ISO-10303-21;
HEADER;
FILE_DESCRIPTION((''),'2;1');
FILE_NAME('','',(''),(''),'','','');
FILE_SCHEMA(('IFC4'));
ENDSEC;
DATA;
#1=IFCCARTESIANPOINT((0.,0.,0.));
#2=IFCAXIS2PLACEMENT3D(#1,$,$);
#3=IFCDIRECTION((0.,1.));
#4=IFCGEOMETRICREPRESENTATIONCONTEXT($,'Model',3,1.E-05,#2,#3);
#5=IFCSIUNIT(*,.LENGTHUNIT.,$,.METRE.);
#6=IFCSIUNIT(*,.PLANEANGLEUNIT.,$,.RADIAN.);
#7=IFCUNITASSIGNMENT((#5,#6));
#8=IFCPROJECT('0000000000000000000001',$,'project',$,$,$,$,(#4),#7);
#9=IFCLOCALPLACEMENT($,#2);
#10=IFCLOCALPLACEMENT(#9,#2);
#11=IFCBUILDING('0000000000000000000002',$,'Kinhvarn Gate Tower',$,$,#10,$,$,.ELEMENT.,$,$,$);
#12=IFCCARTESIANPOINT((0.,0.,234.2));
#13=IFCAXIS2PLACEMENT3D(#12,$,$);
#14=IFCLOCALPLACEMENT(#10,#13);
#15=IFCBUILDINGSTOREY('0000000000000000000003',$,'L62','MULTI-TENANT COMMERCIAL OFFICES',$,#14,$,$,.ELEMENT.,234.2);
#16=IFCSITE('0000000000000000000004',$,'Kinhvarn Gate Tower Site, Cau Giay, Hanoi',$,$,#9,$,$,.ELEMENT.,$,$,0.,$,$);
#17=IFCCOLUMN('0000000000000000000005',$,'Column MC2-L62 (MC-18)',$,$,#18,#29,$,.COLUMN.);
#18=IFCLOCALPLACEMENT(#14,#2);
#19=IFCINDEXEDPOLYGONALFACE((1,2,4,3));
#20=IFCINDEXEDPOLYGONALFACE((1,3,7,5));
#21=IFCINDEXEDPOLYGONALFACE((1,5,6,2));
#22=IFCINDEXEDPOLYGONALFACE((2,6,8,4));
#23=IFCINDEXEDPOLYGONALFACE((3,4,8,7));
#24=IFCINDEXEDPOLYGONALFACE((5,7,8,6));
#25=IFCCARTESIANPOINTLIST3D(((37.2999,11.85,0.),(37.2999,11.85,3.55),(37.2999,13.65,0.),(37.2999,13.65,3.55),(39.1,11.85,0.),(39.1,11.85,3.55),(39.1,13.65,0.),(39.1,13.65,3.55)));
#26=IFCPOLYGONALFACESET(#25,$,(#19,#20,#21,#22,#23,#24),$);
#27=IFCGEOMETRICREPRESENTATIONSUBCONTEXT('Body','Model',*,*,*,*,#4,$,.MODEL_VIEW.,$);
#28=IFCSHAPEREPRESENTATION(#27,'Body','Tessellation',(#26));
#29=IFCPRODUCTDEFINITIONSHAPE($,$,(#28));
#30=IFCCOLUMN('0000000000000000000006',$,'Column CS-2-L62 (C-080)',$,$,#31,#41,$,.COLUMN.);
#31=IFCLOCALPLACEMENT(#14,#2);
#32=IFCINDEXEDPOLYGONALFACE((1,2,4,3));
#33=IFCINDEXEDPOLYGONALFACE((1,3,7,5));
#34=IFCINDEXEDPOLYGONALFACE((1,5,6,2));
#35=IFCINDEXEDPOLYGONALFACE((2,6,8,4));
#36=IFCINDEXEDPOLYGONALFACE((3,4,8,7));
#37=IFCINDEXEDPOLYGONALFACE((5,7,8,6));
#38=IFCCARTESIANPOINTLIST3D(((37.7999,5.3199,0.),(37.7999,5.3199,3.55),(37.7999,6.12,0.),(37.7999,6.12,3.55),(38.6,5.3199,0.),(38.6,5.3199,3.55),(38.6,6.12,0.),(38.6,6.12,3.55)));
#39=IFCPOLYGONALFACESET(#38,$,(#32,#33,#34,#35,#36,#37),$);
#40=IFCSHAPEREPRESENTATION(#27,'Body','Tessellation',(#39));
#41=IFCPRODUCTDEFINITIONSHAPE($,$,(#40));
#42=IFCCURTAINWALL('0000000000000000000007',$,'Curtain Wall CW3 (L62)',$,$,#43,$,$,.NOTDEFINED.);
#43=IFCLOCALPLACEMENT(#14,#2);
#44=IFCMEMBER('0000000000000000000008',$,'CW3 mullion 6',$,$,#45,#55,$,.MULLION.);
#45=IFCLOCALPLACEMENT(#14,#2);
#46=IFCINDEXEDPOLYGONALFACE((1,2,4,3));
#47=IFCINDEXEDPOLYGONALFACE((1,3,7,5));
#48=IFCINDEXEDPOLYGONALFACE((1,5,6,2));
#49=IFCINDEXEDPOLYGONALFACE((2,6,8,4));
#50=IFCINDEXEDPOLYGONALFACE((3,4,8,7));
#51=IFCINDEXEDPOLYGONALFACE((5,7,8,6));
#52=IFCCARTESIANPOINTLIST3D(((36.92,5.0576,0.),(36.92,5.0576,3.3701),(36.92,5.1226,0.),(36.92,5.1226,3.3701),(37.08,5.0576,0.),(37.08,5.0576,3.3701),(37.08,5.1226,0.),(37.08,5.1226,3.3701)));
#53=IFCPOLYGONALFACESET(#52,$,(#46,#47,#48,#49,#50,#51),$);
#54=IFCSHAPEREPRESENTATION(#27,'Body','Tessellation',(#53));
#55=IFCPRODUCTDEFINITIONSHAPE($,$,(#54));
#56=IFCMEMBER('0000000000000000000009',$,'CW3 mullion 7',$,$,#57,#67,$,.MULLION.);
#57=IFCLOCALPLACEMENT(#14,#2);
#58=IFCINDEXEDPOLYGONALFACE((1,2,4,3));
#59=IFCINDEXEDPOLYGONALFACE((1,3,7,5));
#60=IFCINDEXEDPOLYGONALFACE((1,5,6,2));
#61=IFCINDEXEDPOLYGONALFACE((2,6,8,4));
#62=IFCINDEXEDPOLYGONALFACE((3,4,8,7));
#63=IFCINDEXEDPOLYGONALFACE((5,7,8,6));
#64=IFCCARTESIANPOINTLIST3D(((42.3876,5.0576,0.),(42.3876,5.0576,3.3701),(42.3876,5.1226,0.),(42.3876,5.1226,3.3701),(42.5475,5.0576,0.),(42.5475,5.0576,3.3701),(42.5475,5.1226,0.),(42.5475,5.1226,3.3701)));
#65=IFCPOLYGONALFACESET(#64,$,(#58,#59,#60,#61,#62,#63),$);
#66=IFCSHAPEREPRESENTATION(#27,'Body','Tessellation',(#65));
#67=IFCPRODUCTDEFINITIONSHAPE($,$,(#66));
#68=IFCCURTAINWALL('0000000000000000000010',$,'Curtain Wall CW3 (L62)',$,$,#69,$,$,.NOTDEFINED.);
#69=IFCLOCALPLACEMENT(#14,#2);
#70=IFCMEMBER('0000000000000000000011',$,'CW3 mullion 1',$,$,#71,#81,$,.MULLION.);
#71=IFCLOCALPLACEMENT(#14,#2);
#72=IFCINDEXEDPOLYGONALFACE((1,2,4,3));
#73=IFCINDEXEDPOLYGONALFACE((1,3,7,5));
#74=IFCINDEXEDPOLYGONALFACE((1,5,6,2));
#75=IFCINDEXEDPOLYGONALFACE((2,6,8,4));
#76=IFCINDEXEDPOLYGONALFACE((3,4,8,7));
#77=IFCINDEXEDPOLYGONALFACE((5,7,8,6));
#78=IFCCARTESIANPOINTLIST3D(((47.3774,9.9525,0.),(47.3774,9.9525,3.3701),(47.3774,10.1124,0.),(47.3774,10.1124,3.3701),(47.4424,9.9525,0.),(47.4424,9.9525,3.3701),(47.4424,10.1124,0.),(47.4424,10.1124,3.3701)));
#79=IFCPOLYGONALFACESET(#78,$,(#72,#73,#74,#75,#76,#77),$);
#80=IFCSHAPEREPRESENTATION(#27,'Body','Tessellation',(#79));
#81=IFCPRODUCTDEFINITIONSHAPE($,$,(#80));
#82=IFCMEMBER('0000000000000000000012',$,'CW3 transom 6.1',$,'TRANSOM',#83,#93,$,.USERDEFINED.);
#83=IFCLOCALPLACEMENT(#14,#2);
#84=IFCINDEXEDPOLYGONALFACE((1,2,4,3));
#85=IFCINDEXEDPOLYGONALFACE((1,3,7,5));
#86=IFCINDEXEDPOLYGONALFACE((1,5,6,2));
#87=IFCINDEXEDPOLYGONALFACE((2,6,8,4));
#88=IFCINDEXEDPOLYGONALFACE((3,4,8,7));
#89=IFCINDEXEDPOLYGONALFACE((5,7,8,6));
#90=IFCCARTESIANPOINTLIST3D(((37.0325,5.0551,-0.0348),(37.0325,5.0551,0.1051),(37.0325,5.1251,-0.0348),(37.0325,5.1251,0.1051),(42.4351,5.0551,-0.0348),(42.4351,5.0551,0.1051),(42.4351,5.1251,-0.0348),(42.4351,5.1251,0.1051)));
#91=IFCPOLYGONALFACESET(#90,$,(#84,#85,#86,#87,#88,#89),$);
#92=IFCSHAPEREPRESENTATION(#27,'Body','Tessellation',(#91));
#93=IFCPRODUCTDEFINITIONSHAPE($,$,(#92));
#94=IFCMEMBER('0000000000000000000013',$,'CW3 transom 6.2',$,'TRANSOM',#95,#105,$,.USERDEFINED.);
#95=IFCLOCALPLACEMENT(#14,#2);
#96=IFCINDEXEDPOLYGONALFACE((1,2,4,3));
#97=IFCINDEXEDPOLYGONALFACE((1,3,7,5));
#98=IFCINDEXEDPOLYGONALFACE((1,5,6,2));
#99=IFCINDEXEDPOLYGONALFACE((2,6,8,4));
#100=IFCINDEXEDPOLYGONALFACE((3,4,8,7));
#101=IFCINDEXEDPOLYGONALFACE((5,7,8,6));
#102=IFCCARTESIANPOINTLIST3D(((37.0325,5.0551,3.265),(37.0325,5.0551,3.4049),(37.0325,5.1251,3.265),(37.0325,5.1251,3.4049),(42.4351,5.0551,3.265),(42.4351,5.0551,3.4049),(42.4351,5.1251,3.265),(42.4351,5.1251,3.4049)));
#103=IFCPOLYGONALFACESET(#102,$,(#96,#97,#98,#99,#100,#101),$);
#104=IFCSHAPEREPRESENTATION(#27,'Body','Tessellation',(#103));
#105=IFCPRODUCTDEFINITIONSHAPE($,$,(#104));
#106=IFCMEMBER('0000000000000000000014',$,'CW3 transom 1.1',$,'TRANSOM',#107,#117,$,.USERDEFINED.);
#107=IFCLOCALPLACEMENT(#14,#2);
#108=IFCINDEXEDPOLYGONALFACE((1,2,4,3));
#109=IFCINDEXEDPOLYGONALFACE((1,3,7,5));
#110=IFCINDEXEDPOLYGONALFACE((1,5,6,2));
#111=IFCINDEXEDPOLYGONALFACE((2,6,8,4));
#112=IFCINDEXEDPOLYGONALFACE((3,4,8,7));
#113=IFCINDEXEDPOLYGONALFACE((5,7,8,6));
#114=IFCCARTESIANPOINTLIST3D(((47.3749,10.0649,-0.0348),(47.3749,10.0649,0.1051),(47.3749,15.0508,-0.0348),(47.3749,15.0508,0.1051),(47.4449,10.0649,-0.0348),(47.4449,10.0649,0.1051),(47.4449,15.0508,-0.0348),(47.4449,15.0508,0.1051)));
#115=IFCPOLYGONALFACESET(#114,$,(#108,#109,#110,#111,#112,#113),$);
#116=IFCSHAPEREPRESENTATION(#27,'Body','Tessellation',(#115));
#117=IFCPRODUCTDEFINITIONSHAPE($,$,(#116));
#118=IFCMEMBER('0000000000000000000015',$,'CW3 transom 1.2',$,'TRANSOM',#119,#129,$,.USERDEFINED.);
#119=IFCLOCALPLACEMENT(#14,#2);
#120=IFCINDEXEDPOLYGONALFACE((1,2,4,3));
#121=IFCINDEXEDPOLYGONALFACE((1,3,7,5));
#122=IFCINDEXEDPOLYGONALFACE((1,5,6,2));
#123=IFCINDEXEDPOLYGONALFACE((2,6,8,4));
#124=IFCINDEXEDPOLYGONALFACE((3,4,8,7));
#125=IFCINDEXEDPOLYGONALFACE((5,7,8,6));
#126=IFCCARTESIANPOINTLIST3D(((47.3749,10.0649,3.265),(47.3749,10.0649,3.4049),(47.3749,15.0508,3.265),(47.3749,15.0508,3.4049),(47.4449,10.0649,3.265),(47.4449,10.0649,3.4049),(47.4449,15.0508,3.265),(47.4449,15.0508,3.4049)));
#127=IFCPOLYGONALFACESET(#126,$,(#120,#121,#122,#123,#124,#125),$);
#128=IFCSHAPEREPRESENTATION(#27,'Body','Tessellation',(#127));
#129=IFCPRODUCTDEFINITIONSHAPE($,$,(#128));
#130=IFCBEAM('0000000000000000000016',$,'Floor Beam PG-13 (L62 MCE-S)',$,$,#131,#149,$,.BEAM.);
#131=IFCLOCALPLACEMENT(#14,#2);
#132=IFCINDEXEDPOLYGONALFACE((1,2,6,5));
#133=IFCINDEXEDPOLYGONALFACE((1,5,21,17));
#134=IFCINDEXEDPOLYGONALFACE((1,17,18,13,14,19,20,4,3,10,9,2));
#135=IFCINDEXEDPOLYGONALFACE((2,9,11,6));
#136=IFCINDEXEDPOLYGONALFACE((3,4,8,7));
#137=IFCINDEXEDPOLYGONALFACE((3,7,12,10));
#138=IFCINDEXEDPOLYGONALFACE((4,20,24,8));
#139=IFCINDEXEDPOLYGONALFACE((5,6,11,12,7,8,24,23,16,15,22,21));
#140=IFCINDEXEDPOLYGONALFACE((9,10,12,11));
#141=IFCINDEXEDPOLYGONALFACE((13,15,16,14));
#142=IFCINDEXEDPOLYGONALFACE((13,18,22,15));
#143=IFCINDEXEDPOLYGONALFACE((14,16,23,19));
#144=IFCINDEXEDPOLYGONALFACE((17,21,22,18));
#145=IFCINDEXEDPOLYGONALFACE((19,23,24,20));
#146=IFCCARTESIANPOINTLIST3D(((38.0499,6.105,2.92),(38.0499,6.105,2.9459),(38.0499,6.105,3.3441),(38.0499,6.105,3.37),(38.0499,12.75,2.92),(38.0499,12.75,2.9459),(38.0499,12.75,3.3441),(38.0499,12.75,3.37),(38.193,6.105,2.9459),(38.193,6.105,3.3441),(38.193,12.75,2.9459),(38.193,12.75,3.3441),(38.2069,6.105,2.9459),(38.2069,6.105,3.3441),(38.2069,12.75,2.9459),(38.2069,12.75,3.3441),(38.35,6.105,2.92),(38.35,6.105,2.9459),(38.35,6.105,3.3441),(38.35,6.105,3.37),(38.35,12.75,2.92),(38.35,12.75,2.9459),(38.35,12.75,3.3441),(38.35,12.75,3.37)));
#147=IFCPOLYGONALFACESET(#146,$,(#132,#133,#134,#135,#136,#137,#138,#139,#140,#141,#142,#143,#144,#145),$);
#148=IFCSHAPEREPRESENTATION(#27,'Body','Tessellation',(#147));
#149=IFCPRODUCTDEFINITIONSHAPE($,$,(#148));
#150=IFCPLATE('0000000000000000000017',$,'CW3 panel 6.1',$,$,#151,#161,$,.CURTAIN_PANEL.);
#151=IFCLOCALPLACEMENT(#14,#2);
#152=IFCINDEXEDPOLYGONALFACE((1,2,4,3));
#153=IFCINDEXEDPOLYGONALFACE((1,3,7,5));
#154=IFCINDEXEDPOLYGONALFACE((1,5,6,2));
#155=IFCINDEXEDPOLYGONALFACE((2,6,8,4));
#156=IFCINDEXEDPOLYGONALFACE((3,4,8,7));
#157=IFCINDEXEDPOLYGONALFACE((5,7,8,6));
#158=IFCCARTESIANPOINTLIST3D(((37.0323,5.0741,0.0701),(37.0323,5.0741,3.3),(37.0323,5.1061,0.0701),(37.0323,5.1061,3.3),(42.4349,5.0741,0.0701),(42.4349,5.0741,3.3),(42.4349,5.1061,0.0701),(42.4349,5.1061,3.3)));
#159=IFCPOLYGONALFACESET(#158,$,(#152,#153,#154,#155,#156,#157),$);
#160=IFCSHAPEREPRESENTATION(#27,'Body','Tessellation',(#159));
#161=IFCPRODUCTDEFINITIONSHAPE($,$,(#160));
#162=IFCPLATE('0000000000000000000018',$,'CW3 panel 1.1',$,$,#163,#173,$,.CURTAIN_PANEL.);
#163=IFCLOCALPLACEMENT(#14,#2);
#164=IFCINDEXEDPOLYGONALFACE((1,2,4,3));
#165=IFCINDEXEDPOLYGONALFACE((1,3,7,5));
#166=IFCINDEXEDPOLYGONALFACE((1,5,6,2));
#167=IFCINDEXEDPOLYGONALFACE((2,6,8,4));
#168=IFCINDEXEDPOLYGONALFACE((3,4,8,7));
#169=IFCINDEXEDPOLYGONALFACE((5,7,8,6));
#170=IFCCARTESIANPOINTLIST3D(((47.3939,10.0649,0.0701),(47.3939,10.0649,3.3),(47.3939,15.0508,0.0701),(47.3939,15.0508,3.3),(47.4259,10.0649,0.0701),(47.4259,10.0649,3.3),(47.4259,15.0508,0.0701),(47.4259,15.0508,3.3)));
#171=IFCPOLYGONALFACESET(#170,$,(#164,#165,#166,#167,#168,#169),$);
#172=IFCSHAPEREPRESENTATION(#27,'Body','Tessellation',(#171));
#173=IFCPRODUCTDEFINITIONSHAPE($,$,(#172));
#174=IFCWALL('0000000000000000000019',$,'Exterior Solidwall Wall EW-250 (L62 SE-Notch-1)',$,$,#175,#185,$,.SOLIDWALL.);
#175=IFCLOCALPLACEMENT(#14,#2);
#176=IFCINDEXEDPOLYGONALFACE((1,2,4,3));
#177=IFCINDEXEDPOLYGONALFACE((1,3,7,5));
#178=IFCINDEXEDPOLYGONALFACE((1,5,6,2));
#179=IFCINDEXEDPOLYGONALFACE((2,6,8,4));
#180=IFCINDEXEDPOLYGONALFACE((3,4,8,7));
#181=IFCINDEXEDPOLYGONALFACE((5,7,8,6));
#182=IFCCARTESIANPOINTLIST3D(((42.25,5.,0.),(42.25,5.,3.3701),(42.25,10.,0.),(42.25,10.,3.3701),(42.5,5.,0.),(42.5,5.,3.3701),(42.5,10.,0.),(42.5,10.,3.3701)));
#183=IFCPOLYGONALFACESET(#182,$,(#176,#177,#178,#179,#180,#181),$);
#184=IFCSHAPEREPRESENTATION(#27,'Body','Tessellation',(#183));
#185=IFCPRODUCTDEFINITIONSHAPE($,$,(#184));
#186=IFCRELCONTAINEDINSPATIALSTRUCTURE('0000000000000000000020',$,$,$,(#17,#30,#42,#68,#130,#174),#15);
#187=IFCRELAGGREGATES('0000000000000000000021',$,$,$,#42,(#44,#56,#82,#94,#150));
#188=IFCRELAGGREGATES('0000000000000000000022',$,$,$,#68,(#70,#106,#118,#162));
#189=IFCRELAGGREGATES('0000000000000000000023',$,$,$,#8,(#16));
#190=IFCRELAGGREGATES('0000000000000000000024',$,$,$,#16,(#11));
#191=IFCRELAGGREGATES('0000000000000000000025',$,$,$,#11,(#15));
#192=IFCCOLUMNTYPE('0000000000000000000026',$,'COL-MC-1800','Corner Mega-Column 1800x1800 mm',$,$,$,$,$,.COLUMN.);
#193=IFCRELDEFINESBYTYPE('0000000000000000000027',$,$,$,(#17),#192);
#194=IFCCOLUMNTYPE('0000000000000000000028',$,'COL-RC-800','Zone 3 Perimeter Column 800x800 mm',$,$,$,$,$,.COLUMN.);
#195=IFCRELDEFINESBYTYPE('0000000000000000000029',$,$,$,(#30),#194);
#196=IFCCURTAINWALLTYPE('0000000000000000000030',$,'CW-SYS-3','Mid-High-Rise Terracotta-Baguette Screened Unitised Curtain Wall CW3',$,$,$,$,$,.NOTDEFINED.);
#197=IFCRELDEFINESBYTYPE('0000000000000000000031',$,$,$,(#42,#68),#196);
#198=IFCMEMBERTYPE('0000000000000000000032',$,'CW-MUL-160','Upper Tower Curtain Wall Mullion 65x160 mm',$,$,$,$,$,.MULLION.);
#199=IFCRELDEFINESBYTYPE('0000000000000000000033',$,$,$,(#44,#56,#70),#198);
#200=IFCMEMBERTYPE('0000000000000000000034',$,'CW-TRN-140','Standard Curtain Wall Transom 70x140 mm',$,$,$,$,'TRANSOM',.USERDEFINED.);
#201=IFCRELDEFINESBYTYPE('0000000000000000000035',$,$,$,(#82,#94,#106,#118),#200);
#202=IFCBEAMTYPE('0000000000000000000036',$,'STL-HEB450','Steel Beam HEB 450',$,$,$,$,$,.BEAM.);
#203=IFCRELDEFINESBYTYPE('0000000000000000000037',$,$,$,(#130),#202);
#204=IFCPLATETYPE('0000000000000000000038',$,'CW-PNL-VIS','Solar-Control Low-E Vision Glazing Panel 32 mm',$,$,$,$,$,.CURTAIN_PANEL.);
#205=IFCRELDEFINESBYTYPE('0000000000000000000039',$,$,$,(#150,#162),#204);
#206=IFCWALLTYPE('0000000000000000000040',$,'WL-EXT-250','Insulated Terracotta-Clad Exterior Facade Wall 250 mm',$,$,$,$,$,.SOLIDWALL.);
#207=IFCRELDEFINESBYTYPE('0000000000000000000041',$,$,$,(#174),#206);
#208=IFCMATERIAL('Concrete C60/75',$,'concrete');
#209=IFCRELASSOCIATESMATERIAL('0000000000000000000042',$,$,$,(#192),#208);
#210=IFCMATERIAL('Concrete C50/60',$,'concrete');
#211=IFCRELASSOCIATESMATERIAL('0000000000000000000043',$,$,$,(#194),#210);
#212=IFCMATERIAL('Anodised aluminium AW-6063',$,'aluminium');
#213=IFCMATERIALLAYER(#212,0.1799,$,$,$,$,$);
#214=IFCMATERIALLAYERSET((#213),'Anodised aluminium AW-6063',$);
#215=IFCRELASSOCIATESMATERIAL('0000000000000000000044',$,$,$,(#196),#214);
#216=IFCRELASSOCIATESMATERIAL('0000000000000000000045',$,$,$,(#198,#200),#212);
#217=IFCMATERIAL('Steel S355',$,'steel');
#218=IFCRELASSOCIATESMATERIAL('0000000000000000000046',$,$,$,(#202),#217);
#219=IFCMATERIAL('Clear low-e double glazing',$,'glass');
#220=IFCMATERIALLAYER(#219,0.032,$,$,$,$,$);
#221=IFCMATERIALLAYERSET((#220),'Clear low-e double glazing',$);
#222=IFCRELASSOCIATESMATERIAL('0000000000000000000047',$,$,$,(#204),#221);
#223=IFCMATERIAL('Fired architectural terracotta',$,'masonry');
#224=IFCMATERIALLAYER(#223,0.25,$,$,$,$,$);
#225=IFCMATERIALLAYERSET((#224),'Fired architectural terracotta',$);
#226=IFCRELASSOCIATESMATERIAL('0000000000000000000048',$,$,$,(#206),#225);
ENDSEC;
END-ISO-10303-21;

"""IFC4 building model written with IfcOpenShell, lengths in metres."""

from ifc_helpers import new_model, si_unit, direction, frame, frame_2d, origin, origin_2d, place, context, subcontext, project, spatial, rectangle, i_section, extrude, material, layer, layer_set, material_profile, profile_set, type_object, element, aggregate, save


model = new_model("IFC4")

# Units and contexts
model_context = context("Model", 3, precision=1e-05, world=origin(), true_north=direction((0.0, 1.0)))
body_context = subcontext(model_context, "Body", "Model", "MODEL_VIEW")
ifc_project = project(units=[si_unit("LENGTHUNIT", "METRE"), si_unit("PLANEANGLEUNIT", "RADIAN")], contexts=[model_context])

# Site, building, storey
site_placement = place(None, origin())
site = spatial("IfcSite", under=ifc_project, at=site_placement, Name="Kinhvarn Gate Tower Site, Cau Giay, Hanoi", CompositionType="ELEMENT", RefElevation=0.0)
building_placement = place(site_placement, origin())
building = spatial("IfcBuilding", under=site, at=building_placement, Name="Kinhvarn Gate Tower", CompositionType="ELEMENT")
storey_placement = place(building_placement, frame((0.0, 0.0, 234.2)))
storey = spatial("IfcBuildingStorey", under=building, at=storey_placement, Name="L62", Description="MULTI-TENANT COMMERCIAL OFFICES", CompositionType="ELEMENT", Elevation=234.2)

# Columns
ifc_material_1 = material(Name="Concrete C60/75", Category="concrete")
ifc_material_profile_1 = material_profile(ifc_material_1, rectangle(XDim=1.8, YDim=1.8, at=origin_2d()), Name="RC 1800x1800")
ifc_profile_set_1 = profile_set([ifc_material_profile_1], Name="Concrete C60/75")
column_type_1 = type_object("IfcColumnType", Name="COL-MC-1800", Description="Corner Mega-Column 1800x1800 mm", PredefinedType="COLUMN", material=ifc_profile_set_1)
column_1_placement = place(storey_placement, frame((38.2, 12.75, 0.0), z_axis=(0.0, 0.0, 1.0), x_axis=(1.0, 0.0, 0.0)))
element("IfcColumn", 1, at=column_1_placement, inside=storey, type_object=column_type_1, Name="Column MC2-L62 (MC-18)", PredefinedType="COLUMN", context=body_context, shape_type="SweptSolid", body=[
    extrude(rectangle(XDim=1.8, YDim=1.8, at=origin_2d()), origin(), (0.0, 0.0, 1.0), 3.55),
])
ifc_material_2 = material(Name="Concrete C50/60", Category="concrete")
ifc_material_profile_2 = material_profile(ifc_material_2, rectangle(XDim=0.8, YDim=0.8, at=origin_2d()), Name="RC 800x800")
ifc_profile_set_2 = profile_set([ifc_material_profile_2], Name="Concrete C50/60")
column_type_2 = type_object("IfcColumnType", Name="COL-RC-800", Description="Zone 3 Perimeter Column 800x800 mm", PredefinedType="COLUMN", material=ifc_profile_set_2)
column_2_placement = place(storey_placement, frame((38.2, 5.72, 0.0), z_axis=(0.0, 0.0, 1.0), x_axis=(1.0, 0.0, 0.0)))
element("IfcColumn", 2, at=column_2_placement, inside=storey, type_object=column_type_2, Name="Column CS-2-L62 (C-080)", PredefinedType="COLUMN", context=body_context, shape_type="SweptSolid", body=[
    extrude(rectangle(XDim=0.8, YDim=0.8, at=origin_2d()), origin(), (0.0, 0.0, 1.0), 3.55),
])

# Curtain wall, members
ifc_material_3 = material(Name="Anodised aluminium AW-6063", Category="aluminium")
ifc_layer_1 = layer(ifc_material_3, 0.1799)
ifc_layer_set_1 = layer_set([ifc_layer_1], Name="Anodised aluminium AW-6063")
curtain_wall_type = type_object("IfcCurtainWallType", Name="CW-SYS-3", Description="Mid-High-Rise Terracotta-Baguette Screened Unitised Curtain Wall CW3", PredefinedType="NOTDEFINED", material=ifc_layer_set_1)
curtain_wall_1_placement = place(storey_placement, origin())
curtain_wall_1 = element("IfcCurtainWall", 3, at=curtain_wall_1_placement, inside=storey, type_object=curtain_wall_type, Name="Curtain Wall CW3 (L62)", PredefinedType="NOTDEFINED")
ifc_material_profile_3 = material_profile(ifc_material_3, rectangle(XDim=0.0649, YDim=0.1599, at=origin_2d()), Name="ALU 65x160")
ifc_profile_set_3 = profile_set([ifc_material_profile_3], Name="Anodised aluminium AW-6063")
member_type_1 = type_object("IfcMemberType", Name="CW-MUL-160", Description="Upper Tower Curtain Wall Mullion 65x160 mm", PredefinedType="MULLION", material=ifc_profile_set_3)
member_1_placement = place(storey_placement, frame((37.0, 5.0901, 0.0), z_axis=(0.0, 0.0, 1.0), x_axis=(0.0, 1.0, 0.0)))
member_1 = element("IfcMember", 4, at=member_1_placement, type_object=member_type_1, Name="CW3 mullion 6", PredefinedType="MULLION", context=body_context, shape_type="SweptSolid", body=[
    extrude(rectangle(XDim=0.0649, YDim=0.1599, at=origin_2d()), origin(), (0.0, 0.0, 1.0), 3.3701),
])
member_2_placement = place(storey_placement, frame((42.4675, 5.0901, 0.0), z_axis=(0.0, 0.0, 1.0), x_axis=(0.0, 1.0, 0.0)))
member_2 = element("IfcMember", 5, at=member_2_placement, type_object=member_type_1, Name="CW3 mullion 7", PredefinedType="MULLION", context=body_context, shape_type="SweptSolid", body=[
    extrude(rectangle(XDim=0.0649, YDim=0.1599, at=origin_2d()), origin(), (0.0, 0.0, 1.0), 3.3701),
])

# Curtain wall, member
curtain_wall_2_placement = place(storey_placement, origin())
curtain_wall_2 = element("IfcCurtainWall", 6, at=curtain_wall_2_placement, inside=storey, type_object=curtain_wall_type, Name="Curtain Wall CW3 (L62)", PredefinedType="NOTDEFINED")
member_3_placement = place(storey_placement, frame((47.4099, 10.0325, 0.0), z_axis=(0.0, 0.0, 1.0), x_axis=(-1.0, 0.0, 0.0)))
member_3 = element("IfcMember", 7, at=member_3_placement, type_object=member_type_1, Name="CW3 mullion 1", PredefinedType="MULLION", context=body_context, shape_type="SweptSolid", body=[
    extrude(rectangle(XDim=0.0649, YDim=0.1599, at=origin_2d()), origin(), (0.0, 0.0, 1.0), 3.3701),
])

# Members
ifc_material_profile_4 = material_profile(ifc_material_3, rectangle(XDim=0.0701, YDim=0.1399, at=origin_2d()), Name="ALU 70x140")
ifc_profile_set_4 = profile_set([ifc_material_profile_4], Name="Anodised aluminium AW-6063")
member_type_2 = type_object("IfcMemberType", Name="CW-TRN-140", Description="Standard Curtain Wall Transom 70x140 mm", ElementType="TRANSOM", PredefinedType="USERDEFINED", material=ifc_profile_set_4)
member_4_placement = place(storey_placement, frame((37.0325, 5.0901, 0.0352), z_axis=(1.0, 0.0, 0.0), x_axis=(0.0, 1.0, 0.0)))
member_4 = element("IfcMember", 8, at=member_4_placement, type_object=member_type_2, Name="CW3 transom 6.1", ObjectType="TRANSOM", PredefinedType="USERDEFINED", context=body_context, shape_type="SweptSolid", body=[
    extrude(rectangle(XDim=0.0701, YDim=0.1399, at=origin_2d()), origin(), (0.0, 0.0, 1.0), 5.4026),
])
member_5_placement = place(storey_placement, frame((37.0325, 5.0901, 3.335), z_axis=(1.0, 0.0, 0.0), x_axis=(0.0, 1.0, 0.0)))
member_5 = element("IfcMember", 9, at=member_5_placement, type_object=member_type_2, Name="CW3 transom 6.2", ObjectType="TRANSOM", PredefinedType="USERDEFINED", context=body_context, shape_type="SweptSolid", body=[
    extrude(rectangle(XDim=0.0701, YDim=0.1399, at=origin_2d()), origin(), (0.0, 0.0, 1.0), 5.4026),
])
member_6_placement = place(storey_placement, frame((47.4099, 10.0649, 0.0352), z_axis=(0.0, 1.0, 0.0), x_axis=(-1.0, 0.0, 0.0)))
member_6 = element("IfcMember", 10, at=member_6_placement, type_object=member_type_2, Name="CW3 transom 1.1", ObjectType="TRANSOM", PredefinedType="USERDEFINED", context=body_context, shape_type="SweptSolid", body=[
    extrude(rectangle(XDim=0.0701, YDim=0.1399, at=origin_2d()), origin(), (0.0, 0.0, 1.0), 4.9858),
])
member_7_placement = place(storey_placement, frame((47.4099, 10.0649, 3.335), z_axis=(0.0, 1.0, 0.0), x_axis=(-1.0, 0.0, 0.0)))
member_7 = element("IfcMember", 11, at=member_7_placement, type_object=member_type_2, Name="CW3 transom 1.2", ObjectType="TRANSOM", PredefinedType="USERDEFINED", context=body_context, shape_type="SweptSolid", body=[
    extrude(rectangle(XDim=0.0701, YDim=0.1399, at=origin_2d()), origin(), (0.0, 0.0, 1.0), 4.9858),
])

# Beam
ifc_material_4 = material(Name="Steel S355", Category="steel")
ifc_material_profile_5 = material_profile(ifc_material_4, i_section(OverallWidth=0.3, OverallDepth=0.45, WebThickness=0.0139, FlangeThickness=0.0259, at=origin_2d()), Name="HEB 450")
ifc_profile_set_5 = profile_set([ifc_material_profile_5], Name="Steel S355")
beam_type = type_object("IfcBeamType", Name="STL-HEB450", Description="Steel Beam HEB 450", PredefinedType="BEAM", material=ifc_profile_set_5)
beam_placement = place(storey_placement, frame((38.2, 6.105, 3.145), z_axis=(0.0, 1.0, 0.0), x_axis=(-1.0, 0.0, 0.0)))
element("IfcBeam", 12, at=beam_placement, inside=storey, type_object=beam_type, Name="Floor Beam PG-13 (L62 MCE-S)", PredefinedType="BEAM", context=body_context, shape_type="SweptSolid", body=[
    extrude(i_section(OverallWidth=0.3, OverallDepth=0.45, WebThickness=0.0139, FlangeThickness=0.0259, at=origin_2d()), origin(), (0.0, 0.0, 1.0), 6.645),
])

# Plates
ifc_material_5 = material(Name="Clear low-e double glazing", Category="glass")
ifc_layer_2 = layer(ifc_material_5, 0.032)
ifc_layer_set_2 = layer_set([ifc_layer_2], Name="Clear low-e double glazing")
plate_type = type_object("IfcPlateType", Name="CW-PNL-VIS", Description="Solar-Control Low-E Vision Glazing Panel 32 mm", PredefinedType="CURTAIN_PANEL", material=ifc_layer_set_2)
plate_1_placement = place(storey_placement, frame((39.7336, 5.0901, 0.0701), z_axis=(0.0, 0.0, 1.0), x_axis=(1.0, 0.0, 0.0)))
plate_1 = element("IfcPlate", 13, at=plate_1_placement, type_object=plate_type, Name="CW3 panel 6.1", PredefinedType="CURTAIN_PANEL", context=body_context, shape_type="SweptSolid", body=[
    extrude(rectangle(XDim=5.4026, YDim=0.032, at=origin_2d()), origin(), (0.0, 0.0, 1.0), 3.23),
])
aggregate(curtain_wall_1, [member_1, member_2, member_4, member_5, plate_1])
plate_2_placement = place(storey_placement, frame((47.4099, 12.5579, 0.0701), z_axis=(0.0, 0.0, 1.0), x_axis=(0.0, 1.0, 0.0)))
plate_2 = element("IfcPlate", 14, at=plate_2_placement, type_object=plate_type, Name="CW3 panel 1.1", PredefinedType="CURTAIN_PANEL", context=body_context, shape_type="SweptSolid", body=[
    extrude(rectangle(XDim=4.9858, YDim=0.032, at=origin_2d()), origin(), (0.0, 0.0, 1.0), 3.23),
])
aggregate(curtain_wall_2, [member_3, member_6, member_7, plate_2])

# Wall
ifc_material_6 = material(Name="Fired architectural terracotta", Category="masonry")
ifc_layer_3 = layer(ifc_material_6, 0.25)
ifc_layer_set_3 = layer_set([ifc_layer_3], Name="Fired architectural terracotta")
wall_type_1 = type_object("IfcWallType", Name="WL-EXT-250", Description="Insulated Terracotta-Clad Exterior Facade Wall 250 mm", PredefinedType="SOLIDWALL", material=ifc_layer_set_3)
wall_1_placement = place(storey_placement, frame((42.375, 5.0, 0.0), z_axis=(0.0, 0.0, 1.0), x_axis=(0.0, 1.0, 0.0)))
element("IfcWall", 15, at=wall_1_placement, inside=storey, type_object=wall_type_1, Name="Exterior Solidwall Wall EW-250 (L62 SE-Notch-1)", PredefinedType="SOLIDWALL", context=body_context, shape_type="SweptSolid", body=[
    extrude(rectangle(XDim=5.0, YDim=0.25, at=frame_2d((2.5, 0.0))), origin(), (0.0, 0.0, 1.0), 3.3701),
])

save(model, "model.ifc")
